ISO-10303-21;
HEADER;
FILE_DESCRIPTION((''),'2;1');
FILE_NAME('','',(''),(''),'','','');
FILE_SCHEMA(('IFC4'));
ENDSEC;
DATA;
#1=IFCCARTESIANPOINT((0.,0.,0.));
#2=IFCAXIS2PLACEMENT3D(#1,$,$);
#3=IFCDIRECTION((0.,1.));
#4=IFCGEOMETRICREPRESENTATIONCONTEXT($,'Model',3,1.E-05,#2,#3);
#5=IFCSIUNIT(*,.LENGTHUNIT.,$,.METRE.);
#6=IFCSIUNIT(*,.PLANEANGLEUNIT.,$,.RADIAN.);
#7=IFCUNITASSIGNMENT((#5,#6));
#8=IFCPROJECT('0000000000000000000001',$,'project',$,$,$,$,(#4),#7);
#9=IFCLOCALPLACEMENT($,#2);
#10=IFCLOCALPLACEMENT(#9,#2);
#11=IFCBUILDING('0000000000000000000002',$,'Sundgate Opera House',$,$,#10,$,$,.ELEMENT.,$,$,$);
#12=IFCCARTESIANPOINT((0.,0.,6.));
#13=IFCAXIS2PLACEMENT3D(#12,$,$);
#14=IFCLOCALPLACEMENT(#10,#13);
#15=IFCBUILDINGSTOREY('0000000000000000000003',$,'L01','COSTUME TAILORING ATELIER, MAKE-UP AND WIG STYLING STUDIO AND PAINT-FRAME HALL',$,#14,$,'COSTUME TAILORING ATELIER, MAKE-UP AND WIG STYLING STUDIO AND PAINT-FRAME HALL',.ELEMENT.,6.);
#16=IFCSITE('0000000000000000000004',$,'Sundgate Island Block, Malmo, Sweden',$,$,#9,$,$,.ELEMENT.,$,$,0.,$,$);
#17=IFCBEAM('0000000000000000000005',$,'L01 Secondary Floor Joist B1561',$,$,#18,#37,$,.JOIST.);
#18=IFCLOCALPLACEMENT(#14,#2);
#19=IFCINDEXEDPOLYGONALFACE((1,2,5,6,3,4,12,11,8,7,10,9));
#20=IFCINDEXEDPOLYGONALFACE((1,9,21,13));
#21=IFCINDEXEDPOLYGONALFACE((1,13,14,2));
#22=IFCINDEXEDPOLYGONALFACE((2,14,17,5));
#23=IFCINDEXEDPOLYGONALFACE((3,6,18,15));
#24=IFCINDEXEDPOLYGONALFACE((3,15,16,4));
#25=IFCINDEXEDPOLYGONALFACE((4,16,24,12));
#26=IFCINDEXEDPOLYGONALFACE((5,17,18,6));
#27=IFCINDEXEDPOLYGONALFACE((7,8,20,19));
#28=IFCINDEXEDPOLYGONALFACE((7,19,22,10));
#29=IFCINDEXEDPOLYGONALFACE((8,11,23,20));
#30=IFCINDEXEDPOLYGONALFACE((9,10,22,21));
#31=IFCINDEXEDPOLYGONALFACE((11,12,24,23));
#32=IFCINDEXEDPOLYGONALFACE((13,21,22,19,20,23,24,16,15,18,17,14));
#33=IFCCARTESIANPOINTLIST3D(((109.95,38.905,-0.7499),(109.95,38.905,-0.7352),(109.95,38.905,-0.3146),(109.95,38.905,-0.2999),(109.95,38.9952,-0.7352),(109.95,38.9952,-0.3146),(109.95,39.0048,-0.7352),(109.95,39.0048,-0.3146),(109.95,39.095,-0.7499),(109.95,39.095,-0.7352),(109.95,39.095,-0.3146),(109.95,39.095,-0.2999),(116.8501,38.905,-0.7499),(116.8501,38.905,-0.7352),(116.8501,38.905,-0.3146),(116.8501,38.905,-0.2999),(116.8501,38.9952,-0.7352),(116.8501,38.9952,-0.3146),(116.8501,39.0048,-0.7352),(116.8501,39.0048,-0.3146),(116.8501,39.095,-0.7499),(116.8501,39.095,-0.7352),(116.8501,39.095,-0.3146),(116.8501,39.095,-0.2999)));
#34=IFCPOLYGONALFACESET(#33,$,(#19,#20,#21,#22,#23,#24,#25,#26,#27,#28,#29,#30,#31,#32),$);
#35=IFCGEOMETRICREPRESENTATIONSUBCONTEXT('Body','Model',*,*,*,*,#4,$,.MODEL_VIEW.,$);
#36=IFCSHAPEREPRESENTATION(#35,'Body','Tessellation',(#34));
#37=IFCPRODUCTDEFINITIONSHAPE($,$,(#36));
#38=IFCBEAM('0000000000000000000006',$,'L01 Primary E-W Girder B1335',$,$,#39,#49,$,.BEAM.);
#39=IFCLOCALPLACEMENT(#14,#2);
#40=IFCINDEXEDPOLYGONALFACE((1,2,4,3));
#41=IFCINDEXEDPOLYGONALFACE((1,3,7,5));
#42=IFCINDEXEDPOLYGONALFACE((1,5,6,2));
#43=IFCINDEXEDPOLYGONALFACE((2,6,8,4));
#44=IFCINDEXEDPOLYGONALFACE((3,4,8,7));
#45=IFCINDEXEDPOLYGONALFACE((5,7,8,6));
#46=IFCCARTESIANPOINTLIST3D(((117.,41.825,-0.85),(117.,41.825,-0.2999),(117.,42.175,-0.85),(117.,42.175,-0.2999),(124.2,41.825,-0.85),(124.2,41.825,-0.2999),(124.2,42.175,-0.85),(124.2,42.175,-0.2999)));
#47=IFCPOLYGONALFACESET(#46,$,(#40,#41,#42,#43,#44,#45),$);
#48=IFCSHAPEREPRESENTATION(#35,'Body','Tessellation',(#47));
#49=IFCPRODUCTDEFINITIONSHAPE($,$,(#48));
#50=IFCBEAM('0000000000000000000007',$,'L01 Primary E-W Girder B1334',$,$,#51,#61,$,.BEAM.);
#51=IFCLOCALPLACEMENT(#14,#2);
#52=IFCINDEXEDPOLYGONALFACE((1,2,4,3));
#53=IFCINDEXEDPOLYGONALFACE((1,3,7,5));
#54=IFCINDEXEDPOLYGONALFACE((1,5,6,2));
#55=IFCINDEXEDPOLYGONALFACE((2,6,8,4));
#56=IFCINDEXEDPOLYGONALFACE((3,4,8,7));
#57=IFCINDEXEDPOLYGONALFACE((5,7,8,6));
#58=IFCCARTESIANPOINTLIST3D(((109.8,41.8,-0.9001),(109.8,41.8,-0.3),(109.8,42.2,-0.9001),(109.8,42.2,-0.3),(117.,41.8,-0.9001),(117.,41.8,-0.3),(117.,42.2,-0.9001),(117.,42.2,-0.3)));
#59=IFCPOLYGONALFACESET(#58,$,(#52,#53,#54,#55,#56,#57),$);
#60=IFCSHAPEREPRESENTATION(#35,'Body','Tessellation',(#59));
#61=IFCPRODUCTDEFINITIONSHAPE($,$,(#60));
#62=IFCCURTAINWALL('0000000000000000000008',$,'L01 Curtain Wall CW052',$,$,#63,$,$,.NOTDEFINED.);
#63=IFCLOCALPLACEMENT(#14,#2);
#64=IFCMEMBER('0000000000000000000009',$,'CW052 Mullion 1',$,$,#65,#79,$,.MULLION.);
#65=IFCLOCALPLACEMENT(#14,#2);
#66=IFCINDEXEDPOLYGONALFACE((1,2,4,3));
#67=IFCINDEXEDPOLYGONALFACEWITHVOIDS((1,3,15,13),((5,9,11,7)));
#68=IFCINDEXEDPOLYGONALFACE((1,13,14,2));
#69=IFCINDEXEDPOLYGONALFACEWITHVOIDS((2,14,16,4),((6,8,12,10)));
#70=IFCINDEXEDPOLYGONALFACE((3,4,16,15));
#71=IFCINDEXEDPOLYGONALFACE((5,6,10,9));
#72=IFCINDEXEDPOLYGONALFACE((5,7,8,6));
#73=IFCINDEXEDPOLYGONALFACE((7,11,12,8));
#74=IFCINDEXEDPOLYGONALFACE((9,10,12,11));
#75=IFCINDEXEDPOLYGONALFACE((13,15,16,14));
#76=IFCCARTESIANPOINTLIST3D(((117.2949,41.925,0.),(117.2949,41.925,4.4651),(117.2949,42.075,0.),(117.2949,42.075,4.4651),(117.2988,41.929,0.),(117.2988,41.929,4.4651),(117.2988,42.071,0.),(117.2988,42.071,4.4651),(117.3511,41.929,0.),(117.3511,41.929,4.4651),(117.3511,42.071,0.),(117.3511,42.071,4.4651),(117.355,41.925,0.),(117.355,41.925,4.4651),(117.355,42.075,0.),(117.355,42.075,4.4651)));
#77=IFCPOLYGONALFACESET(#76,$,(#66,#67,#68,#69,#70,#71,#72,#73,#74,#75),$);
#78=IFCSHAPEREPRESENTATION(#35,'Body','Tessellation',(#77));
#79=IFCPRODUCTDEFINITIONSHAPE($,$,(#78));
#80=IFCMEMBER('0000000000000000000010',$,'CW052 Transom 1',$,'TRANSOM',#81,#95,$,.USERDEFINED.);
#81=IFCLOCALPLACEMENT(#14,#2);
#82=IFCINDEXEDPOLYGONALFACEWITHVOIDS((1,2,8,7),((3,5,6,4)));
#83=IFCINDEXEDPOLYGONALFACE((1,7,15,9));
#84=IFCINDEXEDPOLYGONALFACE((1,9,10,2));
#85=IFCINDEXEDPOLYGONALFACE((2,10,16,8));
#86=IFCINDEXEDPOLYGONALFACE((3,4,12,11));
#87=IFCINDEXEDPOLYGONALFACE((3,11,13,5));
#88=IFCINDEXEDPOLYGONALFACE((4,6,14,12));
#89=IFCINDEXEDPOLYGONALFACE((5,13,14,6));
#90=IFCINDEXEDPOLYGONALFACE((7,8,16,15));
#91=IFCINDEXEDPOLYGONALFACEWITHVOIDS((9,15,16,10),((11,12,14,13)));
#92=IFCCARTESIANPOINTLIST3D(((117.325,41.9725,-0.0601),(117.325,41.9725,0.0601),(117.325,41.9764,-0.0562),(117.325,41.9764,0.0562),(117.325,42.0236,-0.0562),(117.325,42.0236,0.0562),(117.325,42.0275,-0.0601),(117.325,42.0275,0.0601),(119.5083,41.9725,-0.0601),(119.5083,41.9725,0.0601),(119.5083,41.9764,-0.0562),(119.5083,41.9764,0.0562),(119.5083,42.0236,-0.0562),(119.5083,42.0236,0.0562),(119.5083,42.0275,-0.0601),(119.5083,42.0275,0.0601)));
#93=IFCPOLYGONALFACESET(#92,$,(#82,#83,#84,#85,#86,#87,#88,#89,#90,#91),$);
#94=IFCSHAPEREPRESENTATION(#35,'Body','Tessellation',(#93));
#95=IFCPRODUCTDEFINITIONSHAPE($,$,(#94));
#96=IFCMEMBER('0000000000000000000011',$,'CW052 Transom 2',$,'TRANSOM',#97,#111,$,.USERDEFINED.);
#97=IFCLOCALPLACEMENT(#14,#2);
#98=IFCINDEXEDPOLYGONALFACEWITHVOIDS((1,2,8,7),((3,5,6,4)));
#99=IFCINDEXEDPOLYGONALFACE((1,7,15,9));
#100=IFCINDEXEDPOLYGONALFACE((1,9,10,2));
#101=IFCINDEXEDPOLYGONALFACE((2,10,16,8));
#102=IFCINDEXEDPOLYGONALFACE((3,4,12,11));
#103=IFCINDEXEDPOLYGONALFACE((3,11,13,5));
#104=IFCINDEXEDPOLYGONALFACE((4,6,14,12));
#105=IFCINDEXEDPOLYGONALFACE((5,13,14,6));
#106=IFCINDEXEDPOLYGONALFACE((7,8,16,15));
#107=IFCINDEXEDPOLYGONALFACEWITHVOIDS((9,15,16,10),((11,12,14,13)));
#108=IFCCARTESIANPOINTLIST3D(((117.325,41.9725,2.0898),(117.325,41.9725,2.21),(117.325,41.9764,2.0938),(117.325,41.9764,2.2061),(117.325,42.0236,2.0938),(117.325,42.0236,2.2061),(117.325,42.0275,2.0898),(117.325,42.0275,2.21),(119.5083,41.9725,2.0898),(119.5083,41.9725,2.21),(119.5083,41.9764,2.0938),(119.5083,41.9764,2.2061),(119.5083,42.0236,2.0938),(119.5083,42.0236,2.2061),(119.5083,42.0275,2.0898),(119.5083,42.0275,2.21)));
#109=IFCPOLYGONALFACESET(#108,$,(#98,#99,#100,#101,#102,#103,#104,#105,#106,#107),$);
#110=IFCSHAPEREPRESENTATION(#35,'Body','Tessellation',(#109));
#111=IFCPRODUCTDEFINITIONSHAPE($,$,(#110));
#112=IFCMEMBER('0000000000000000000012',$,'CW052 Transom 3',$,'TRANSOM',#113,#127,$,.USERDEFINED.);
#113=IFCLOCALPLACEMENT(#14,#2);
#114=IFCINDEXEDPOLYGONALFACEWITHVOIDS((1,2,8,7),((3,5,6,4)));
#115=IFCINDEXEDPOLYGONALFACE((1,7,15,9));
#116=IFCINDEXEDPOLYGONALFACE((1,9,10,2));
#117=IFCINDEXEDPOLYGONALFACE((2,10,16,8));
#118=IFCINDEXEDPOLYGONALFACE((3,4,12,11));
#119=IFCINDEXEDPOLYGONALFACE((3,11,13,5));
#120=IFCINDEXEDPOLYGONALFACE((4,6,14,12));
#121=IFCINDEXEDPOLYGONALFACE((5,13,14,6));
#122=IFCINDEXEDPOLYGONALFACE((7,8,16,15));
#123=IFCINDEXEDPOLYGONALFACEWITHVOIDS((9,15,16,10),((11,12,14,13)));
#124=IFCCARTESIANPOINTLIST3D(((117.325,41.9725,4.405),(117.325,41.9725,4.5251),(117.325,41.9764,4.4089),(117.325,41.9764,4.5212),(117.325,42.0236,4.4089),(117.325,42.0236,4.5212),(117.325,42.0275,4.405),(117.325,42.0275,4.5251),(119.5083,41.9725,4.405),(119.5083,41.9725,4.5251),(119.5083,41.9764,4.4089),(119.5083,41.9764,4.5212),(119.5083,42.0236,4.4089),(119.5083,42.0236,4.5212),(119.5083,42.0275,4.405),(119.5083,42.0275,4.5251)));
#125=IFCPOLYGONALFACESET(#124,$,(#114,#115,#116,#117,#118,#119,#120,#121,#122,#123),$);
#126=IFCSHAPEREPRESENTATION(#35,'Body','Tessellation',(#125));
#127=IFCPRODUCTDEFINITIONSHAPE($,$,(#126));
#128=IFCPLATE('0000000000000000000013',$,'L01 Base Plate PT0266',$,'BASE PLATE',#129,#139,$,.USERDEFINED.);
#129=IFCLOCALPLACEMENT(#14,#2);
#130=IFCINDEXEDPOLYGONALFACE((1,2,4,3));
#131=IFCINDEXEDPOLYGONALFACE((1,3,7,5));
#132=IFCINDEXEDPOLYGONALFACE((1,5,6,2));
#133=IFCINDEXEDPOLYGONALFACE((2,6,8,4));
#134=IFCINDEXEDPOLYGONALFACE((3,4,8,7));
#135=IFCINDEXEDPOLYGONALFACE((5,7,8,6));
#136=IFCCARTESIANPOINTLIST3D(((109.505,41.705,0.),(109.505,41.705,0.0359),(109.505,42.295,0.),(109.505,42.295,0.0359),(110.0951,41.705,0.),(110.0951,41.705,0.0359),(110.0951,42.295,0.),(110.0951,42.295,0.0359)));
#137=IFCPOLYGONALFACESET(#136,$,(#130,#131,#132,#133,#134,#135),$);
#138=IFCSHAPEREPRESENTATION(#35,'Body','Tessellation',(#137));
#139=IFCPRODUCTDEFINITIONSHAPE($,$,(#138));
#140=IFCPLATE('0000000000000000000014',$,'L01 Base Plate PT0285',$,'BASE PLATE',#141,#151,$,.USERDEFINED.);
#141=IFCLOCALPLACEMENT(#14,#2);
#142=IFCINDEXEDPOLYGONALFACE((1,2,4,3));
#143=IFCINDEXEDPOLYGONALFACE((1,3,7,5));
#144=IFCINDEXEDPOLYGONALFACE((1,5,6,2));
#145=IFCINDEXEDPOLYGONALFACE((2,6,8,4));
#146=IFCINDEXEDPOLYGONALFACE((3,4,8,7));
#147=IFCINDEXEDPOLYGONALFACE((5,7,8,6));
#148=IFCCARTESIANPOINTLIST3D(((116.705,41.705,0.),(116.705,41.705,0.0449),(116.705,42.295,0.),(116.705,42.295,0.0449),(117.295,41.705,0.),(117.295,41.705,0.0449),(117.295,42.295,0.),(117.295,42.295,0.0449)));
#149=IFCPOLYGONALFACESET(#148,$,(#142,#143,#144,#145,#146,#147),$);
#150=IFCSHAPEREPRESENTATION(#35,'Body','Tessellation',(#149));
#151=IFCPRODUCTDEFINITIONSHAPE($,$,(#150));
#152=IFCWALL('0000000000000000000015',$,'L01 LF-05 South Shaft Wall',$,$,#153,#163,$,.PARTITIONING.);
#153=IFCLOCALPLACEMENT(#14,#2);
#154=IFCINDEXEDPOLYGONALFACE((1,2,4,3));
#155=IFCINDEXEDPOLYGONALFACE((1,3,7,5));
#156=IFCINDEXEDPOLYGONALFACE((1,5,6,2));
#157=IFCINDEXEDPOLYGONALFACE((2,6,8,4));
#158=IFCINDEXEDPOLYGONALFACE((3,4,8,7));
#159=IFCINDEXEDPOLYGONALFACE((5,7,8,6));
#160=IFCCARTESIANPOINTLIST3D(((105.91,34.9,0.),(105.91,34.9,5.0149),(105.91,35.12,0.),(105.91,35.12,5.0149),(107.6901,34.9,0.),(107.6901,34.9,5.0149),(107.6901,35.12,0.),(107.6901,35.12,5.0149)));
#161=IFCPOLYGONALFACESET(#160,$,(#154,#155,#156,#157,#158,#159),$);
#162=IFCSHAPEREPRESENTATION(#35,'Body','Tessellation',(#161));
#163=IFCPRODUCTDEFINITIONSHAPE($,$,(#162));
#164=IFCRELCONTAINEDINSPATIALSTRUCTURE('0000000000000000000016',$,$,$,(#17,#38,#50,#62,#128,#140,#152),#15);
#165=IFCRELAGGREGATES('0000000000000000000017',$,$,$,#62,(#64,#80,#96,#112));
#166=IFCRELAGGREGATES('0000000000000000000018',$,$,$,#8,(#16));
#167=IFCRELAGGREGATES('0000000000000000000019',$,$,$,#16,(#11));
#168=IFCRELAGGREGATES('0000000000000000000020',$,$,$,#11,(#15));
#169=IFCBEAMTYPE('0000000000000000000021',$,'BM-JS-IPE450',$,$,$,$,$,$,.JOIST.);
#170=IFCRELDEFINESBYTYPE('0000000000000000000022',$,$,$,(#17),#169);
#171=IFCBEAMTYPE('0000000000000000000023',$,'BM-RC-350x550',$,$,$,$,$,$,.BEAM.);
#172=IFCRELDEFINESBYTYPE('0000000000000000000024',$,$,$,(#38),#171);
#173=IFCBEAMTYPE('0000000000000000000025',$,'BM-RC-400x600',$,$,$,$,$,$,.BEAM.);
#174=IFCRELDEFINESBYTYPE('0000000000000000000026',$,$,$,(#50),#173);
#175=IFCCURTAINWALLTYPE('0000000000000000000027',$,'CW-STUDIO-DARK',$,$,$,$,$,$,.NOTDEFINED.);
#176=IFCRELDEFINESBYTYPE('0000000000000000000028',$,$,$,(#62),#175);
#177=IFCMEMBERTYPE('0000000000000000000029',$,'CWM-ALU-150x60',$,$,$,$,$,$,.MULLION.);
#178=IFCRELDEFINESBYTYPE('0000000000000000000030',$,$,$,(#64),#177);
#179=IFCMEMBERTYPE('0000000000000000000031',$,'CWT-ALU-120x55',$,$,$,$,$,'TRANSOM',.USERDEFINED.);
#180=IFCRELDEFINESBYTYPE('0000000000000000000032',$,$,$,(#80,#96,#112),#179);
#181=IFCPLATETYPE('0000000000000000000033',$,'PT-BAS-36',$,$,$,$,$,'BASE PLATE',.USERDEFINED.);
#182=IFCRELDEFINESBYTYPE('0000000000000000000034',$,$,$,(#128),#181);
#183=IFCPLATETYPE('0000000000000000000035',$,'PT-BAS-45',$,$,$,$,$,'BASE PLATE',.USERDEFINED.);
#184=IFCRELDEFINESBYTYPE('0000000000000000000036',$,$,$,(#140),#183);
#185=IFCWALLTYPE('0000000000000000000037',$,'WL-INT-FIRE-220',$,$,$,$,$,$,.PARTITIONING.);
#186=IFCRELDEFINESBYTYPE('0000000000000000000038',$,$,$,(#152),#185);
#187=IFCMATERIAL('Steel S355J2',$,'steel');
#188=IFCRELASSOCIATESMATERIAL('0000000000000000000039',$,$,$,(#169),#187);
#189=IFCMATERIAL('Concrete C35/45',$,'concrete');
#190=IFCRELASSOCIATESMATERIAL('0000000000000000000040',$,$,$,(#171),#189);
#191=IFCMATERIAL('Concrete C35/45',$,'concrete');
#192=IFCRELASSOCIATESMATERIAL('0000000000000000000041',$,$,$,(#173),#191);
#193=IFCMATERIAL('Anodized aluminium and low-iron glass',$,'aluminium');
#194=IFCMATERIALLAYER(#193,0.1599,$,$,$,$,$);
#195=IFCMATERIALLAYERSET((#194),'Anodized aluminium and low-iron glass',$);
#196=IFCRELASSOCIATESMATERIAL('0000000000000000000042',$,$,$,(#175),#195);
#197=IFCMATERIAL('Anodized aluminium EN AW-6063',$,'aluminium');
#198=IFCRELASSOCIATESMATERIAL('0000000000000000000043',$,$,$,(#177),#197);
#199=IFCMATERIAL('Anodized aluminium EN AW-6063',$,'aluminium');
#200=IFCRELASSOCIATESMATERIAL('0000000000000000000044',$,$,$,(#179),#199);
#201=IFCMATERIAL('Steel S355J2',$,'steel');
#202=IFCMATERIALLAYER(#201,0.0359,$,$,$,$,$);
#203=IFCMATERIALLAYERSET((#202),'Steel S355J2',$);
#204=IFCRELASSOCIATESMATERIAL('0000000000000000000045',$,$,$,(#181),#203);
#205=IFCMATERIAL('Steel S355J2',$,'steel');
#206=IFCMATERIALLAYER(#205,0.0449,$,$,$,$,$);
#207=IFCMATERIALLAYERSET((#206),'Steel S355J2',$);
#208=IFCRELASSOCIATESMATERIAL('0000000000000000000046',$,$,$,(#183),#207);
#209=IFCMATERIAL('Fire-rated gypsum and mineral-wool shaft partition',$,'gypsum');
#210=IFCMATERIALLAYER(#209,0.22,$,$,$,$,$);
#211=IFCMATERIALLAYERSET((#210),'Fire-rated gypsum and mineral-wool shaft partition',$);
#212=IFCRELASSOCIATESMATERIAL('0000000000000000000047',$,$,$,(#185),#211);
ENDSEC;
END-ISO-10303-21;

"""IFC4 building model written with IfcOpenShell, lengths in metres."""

from ifc_helpers import new_model, si_unit, direction, frame, frame_2d, origin, origin_2d, place, context, subcontext, project, spatial, rectangle, hollow_rectangle, i_section, extrude, material, layer, layer_set, material_profile, profile_set, type_object, element, aggregate, save


model = new_model("IFC4")

# Units and contexts
model_context = context("Model", 3, precision=1e-05, world=origin(), true_north=direction((0.0, 1.0)))
body_context = subcontext(model_context, "Body", "Model", "MODEL_VIEW")
ifc_project = project(units=[si_unit("LENGTHUNIT", "METRE"), si_unit("PLANEANGLEUNIT", "RADIAN")], contexts=[model_context])

# Site, building, storey
site_placement = place(None, origin())
site = spatial("IfcSite", under=ifc_project, at=site_placement, Name="Sundgate Island Block, Malmo, Sweden", CompositionType="ELEMENT", RefElevation=0.0)
building_placement = place(site_placement, origin())
building = spatial("IfcBuilding", under=site, at=building_placement, Name="Sundgate Opera House", CompositionType="ELEMENT")
storey_placement = place(building_placement, frame((0.0, 0.0, 6.0)))
storey = spatial("IfcBuildingStorey", under=building, at=storey_placement, Name="L01", Description="COSTUME TAILORING ATELIER, MAKE-UP AND WIG STYLING STUDIO AND PAINT-FRAME HALL", LongName="COSTUME TAILORING ATELIER, MAKE-UP AND WIG STYLING STUDIO AND PAINT-FRAME HALL", CompositionType="ELEMENT", Elevation=6.0)

# Beams
ifc_material_1 = material(Name="Steel S355J2", Category="steel")
ifc_material_profile_1 = material_profile(ifc_material_1, i_section(OverallWidth=0.1899, OverallDepth=0.45, WebThickness=0.0095, FlangeThickness=0.0146, at=origin_2d()), Name="IPE 450")
ifc_profile_set_1 = profile_set([ifc_material_profile_1], Name="Steel S355J2")
beam_type_1 = type_object("IfcBeamType", Name="BM-JS-IPE450", PredefinedType="JOIST", material=ifc_profile_set_1)
beam_1_placement = place(storey_placement, frame((109.95, 39.0, -0.5249), z_axis=(1.0, 0.0, 0.0), x_axis=(0.0, 1.0, 0.0)))
element("IfcBeam", 1, at=beam_1_placement, inside=storey, type_object=beam_type_1, Name="L01 Secondary Floor Joist B1561", PredefinedType="JOIST", context=body_context, shape_type="SweptSolid", body=[
    extrude(i_section(OverallWidth=0.1899, OverallDepth=0.45, WebThickness=0.0095, FlangeThickness=0.0146, at=origin_2d()), origin(), (0.0, 0.0, 1.0), 6.9001),
])
ifc_material_2 = material(Name="Concrete C35/45", Category="concrete")
ifc_material_profile_2 = material_profile(ifc_material_2, rectangle(XDim=0.3501, YDim=0.55, at=origin_2d()), Name="RC 350x550")
ifc_profile_set_2 = profile_set([ifc_material_profile_2], Name="Concrete C35/45")
beam_type_2 = type_object("IfcBeamType", Name="BM-RC-350x550", PredefinedType="BEAM", material=ifc_profile_set_2)
beam_2_placement = place(storey_placement, frame((117.0, 42.0, -0.575), z_axis=(1.0, 0.0, 0.0), x_axis=(0.0, 1.0, 0.0)))
element("IfcBeam", 2, at=beam_2_placement, inside=storey, type_object=beam_type_2, Name="L01 Primary E-W Girder B1335", PredefinedType="BEAM", context=body_context, shape_type="SweptSolid", body=[
    extrude(rectangle(XDim=0.3501, YDim=0.55, at=origin_2d()), origin(), (0.0, 0.0, 1.0), 7.2),
])
ifc_material_3 = material(Name="Concrete C35/45", Category="concrete")
ifc_material_profile_3 = material_profile(ifc_material_3, rectangle(XDim=0.3999, YDim=0.6001, at=origin_2d()), Name="RC 400x600")
ifc_profile_set_3 = profile_set([ifc_material_profile_3], Name="Concrete C35/45")
beam_type_3 = type_object("IfcBeamType", Name="BM-RC-400x600", PredefinedType="BEAM", material=ifc_profile_set_3)
beam_3_placement = place(storey_placement, frame((109.8, 42.0, -0.6001), z_axis=(1.0, 0.0, 0.0), x_axis=(0.0, 1.0, 0.0)))
element("IfcBeam", 3, at=beam_3_placement, inside=storey, type_object=beam_type_3, Name="L01 Primary E-W Girder B1334", PredefinedType="BEAM", context=body_context, shape_type="SweptSolid", body=[
    extrude(rectangle(XDim=0.3999, YDim=0.6001, at=origin_2d()), origin(), (0.0, 0.0, 1.0), 7.2),
])

# Curtain wall, members
ifc_material_4 = material(Name="Anodized aluminium and low-iron glass", Category="aluminium")
ifc_layer_1 = layer(ifc_material_4, 0.1599)
ifc_layer_set_1 = layer_set([ifc_layer_1], Name="Anodized aluminium and low-iron glass")
curtain_wall_type = type_object("IfcCurtainWallType", Name="CW-STUDIO-DARK", PredefinedType="NOTDEFINED", material=ifc_layer_set_1)
curtain_wall_placement = place(storey_placement, origin())
curtain_wall = element("IfcCurtainWall", 4, at=curtain_wall_placement, inside=storey, type_object=curtain_wall_type, Name="L01 Curtain Wall CW052", PredefinedType="NOTDEFINED")
ifc_material_5 = material(Name="Anodized aluminium EN AW-6063", Category="aluminium")
ifc_material_profile_4 = material_profile(ifc_material_5, hollow_rectangle(XDim=0.0601, YDim=0.1499, WallThickness=0.0039, at=origin_2d()), Name="CWM 150x60x4")
ifc_profile_set_4 = profile_set([ifc_material_profile_4], Name="Anodized aluminium EN AW-6063")
member_type_1 = type_object("IfcMemberType", Name="CWM-ALU-150x60", PredefinedType="MULLION", material=ifc_profile_set_4)
member_1_placement = place(storey_placement, frame((117.325, 42.0, 0.0), z_axis=(0.0, 0.0, 1.0), x_axis=(1.0, 0.0, 0.0)))
member_1 = element("IfcMember", 5, at=member_1_placement, type_object=member_type_1, Name="CW052 Mullion 1", PredefinedType="MULLION", context=body_context, shape_type="SweptSolid", body=[
    extrude(hollow_rectangle(XDim=0.0601, YDim=0.1499, WallThickness=0.0039, at=origin_2d()), origin(), (0.0, 0.0, 1.0), 4.4651),
])
ifc_material_6 = material(Name="Anodized aluminium EN AW-6063", Category="aluminium")
ifc_material_profile_5 = material_profile(ifc_material_6, hollow_rectangle(XDim=0.0549, YDim=0.1201, WallThickness=0.0039, at=origin_2d()), Name="CWT 120x55x4")
ifc_profile_set_5 = profile_set([ifc_material_profile_5], Name="Anodized aluminium EN AW-6063")
member_type_2 = type_object("IfcMemberType", Name="CWT-ALU-120x55", ElementType="TRANSOM", PredefinedType="USERDEFINED", material=ifc_profile_set_5)
member_2_placement = place(storey_placement, frame((117.325, 42.0, 0.0), z_axis=(1.0, 0.0, 0.0), x_axis=(0.0, 1.0, 0.0)))
member_2 = element("IfcMember", 6, at=member_2_placement, type_object=member_type_2, Name="CW052 Transom 1", ObjectType="TRANSOM", PredefinedType="USERDEFINED", context=body_context, shape_type="SweptSolid", body=[
    extrude(hollow_rectangle(XDim=0.0549, YDim=0.1201, WallThickness=0.0039, at=origin_2d()), origin(), (0.0, 0.0, 1.0), 2.1833),
])
member_3_placement = place(storey_placement, frame((117.325, 42.0, 2.1499), z_axis=(1.0, 0.0, 0.0), x_axis=(0.0, 1.0, 0.0)))
member_3 = element("IfcMember", 7, at=member_3_placement, type_object=member_type_2, Name="CW052 Transom 2", ObjectType="TRANSOM", PredefinedType="USERDEFINED", context=body_context, shape_type="SweptSolid", body=[
    extrude(hollow_rectangle(XDim=0.0549, YDim=0.1201, WallThickness=0.0039, at=origin_2d()), origin(), (0.0, 0.0, 1.0), 2.1833),
])
member_4_placement = place(storey_placement, frame((117.325, 42.0, 4.4651), z_axis=(1.0, 0.0, 0.0), x_axis=(0.0, 1.0, 0.0)))
member_4 = element("IfcMember", 8, at=member_4_placement, type_object=member_type_2, Name="CW052 Transom 3", ObjectType="TRANSOM", PredefinedType="USERDEFINED", context=body_context, shape_type="SweptSolid", body=[
    extrude(hollow_rectangle(XDim=0.0549, YDim=0.1201, WallThickness=0.0039, at=origin_2d()), origin(), (0.0, 0.0, 1.0), 2.1833),
])
aggregate(curtain_wall, [member_1, member_2, member_3, member_4])

# Plates
ifc_material_7 = material(Name="Steel S355J2", Category="steel")
ifc_layer_2 = layer(ifc_material_7, 0.0359)
ifc_layer_set_2 = layer_set([ifc_layer_2], Name="Steel S355J2")
plate_type_1 = type_object("IfcPlateType", Name="PT-BAS-36", ElementType="BASE PLATE", PredefinedType="USERDEFINED", material=ifc_layer_set_2)
plate_1_placement = place(storey_placement, frame((109.8, 42.0, 0.0), z_axis=(0.0, 0.0, 1.0), x_axis=(1.0, 0.0, 0.0)))
element("IfcPlate", 9, at=plate_1_placement, inside=storey, type_object=plate_type_1, Name="L01 Base Plate PT0266", ObjectType="BASE PLATE", PredefinedType="USERDEFINED", context=body_context, shape_type="SweptSolid", body=[
    extrude(rectangle(XDim=0.5901, YDim=0.5901, at=origin_2d()), origin(), (0.0, 0.0, 1.0), 0.0359),
])
ifc_material_8 = material(Name="Steel S355J2", Category="steel")
ifc_layer_3 = layer(ifc_material_8, 0.0449)
ifc_layer_set_3 = layer_set([ifc_layer_3], Name="Steel S355J2")
plate_type_2 = type_object("IfcPlateType", Name="PT-BAS-45", ElementType="BASE PLATE", PredefinedType="USERDEFINED", material=ifc_layer_set_3)
plate_2_placement = place(storey_placement, frame((117.0, 42.0, 0.0), z_axis=(0.0, 0.0, 1.0), x_axis=(1.0, 0.0, 0.0)))
element("IfcPlate", 10, at=plate_2_placement, inside=storey, type_object=plate_type_2, Name="L01 Base Plate PT0285", ObjectType="BASE PLATE", PredefinedType="USERDEFINED", context=body_context, shape_type="SweptSolid", body=[
    extrude(rectangle(XDim=0.5901, YDim=0.5901, at=origin_2d()), origin(), (0.0, 0.0, 1.0), 0.0449),
])

# Wall
ifc_material_9 = material(Name="Fire-rated gypsum and mineral-wool shaft partition", Category="gypsum")
ifc_layer_4 = layer(ifc_material_9, 0.22)
ifc_layer_set_4 = layer_set([ifc_layer_4], Name="Fire-rated gypsum and mineral-wool shaft partition")
wall_type_1 = type_object("IfcWallType", Name="WL-INT-FIRE-220", PredefinedType="PARTITIONING", material=ifc_layer_set_4)
wall_1_placement = place(storey_placement, frame((105.9099, 35.01, 0.0), z_axis=(0.0, 0.0, 1.0), x_axis=(1.0, 0.0, 0.0)))
element("IfcWall", 11, at=wall_1_placement, inside=storey, type_object=wall_type_1, Name="L01 LF-05 South Shaft Wall", PredefinedType="PARTITIONING", context=body_context, shape_type="SweptSolid", body=[
    extrude(rectangle(XDim=1.78, YDim=0.22, at=frame_2d((0.8901, 0.0))), origin(), (0.0, 0.0, 1.0), 5.0149),
])

save(model, "model.ifc")
